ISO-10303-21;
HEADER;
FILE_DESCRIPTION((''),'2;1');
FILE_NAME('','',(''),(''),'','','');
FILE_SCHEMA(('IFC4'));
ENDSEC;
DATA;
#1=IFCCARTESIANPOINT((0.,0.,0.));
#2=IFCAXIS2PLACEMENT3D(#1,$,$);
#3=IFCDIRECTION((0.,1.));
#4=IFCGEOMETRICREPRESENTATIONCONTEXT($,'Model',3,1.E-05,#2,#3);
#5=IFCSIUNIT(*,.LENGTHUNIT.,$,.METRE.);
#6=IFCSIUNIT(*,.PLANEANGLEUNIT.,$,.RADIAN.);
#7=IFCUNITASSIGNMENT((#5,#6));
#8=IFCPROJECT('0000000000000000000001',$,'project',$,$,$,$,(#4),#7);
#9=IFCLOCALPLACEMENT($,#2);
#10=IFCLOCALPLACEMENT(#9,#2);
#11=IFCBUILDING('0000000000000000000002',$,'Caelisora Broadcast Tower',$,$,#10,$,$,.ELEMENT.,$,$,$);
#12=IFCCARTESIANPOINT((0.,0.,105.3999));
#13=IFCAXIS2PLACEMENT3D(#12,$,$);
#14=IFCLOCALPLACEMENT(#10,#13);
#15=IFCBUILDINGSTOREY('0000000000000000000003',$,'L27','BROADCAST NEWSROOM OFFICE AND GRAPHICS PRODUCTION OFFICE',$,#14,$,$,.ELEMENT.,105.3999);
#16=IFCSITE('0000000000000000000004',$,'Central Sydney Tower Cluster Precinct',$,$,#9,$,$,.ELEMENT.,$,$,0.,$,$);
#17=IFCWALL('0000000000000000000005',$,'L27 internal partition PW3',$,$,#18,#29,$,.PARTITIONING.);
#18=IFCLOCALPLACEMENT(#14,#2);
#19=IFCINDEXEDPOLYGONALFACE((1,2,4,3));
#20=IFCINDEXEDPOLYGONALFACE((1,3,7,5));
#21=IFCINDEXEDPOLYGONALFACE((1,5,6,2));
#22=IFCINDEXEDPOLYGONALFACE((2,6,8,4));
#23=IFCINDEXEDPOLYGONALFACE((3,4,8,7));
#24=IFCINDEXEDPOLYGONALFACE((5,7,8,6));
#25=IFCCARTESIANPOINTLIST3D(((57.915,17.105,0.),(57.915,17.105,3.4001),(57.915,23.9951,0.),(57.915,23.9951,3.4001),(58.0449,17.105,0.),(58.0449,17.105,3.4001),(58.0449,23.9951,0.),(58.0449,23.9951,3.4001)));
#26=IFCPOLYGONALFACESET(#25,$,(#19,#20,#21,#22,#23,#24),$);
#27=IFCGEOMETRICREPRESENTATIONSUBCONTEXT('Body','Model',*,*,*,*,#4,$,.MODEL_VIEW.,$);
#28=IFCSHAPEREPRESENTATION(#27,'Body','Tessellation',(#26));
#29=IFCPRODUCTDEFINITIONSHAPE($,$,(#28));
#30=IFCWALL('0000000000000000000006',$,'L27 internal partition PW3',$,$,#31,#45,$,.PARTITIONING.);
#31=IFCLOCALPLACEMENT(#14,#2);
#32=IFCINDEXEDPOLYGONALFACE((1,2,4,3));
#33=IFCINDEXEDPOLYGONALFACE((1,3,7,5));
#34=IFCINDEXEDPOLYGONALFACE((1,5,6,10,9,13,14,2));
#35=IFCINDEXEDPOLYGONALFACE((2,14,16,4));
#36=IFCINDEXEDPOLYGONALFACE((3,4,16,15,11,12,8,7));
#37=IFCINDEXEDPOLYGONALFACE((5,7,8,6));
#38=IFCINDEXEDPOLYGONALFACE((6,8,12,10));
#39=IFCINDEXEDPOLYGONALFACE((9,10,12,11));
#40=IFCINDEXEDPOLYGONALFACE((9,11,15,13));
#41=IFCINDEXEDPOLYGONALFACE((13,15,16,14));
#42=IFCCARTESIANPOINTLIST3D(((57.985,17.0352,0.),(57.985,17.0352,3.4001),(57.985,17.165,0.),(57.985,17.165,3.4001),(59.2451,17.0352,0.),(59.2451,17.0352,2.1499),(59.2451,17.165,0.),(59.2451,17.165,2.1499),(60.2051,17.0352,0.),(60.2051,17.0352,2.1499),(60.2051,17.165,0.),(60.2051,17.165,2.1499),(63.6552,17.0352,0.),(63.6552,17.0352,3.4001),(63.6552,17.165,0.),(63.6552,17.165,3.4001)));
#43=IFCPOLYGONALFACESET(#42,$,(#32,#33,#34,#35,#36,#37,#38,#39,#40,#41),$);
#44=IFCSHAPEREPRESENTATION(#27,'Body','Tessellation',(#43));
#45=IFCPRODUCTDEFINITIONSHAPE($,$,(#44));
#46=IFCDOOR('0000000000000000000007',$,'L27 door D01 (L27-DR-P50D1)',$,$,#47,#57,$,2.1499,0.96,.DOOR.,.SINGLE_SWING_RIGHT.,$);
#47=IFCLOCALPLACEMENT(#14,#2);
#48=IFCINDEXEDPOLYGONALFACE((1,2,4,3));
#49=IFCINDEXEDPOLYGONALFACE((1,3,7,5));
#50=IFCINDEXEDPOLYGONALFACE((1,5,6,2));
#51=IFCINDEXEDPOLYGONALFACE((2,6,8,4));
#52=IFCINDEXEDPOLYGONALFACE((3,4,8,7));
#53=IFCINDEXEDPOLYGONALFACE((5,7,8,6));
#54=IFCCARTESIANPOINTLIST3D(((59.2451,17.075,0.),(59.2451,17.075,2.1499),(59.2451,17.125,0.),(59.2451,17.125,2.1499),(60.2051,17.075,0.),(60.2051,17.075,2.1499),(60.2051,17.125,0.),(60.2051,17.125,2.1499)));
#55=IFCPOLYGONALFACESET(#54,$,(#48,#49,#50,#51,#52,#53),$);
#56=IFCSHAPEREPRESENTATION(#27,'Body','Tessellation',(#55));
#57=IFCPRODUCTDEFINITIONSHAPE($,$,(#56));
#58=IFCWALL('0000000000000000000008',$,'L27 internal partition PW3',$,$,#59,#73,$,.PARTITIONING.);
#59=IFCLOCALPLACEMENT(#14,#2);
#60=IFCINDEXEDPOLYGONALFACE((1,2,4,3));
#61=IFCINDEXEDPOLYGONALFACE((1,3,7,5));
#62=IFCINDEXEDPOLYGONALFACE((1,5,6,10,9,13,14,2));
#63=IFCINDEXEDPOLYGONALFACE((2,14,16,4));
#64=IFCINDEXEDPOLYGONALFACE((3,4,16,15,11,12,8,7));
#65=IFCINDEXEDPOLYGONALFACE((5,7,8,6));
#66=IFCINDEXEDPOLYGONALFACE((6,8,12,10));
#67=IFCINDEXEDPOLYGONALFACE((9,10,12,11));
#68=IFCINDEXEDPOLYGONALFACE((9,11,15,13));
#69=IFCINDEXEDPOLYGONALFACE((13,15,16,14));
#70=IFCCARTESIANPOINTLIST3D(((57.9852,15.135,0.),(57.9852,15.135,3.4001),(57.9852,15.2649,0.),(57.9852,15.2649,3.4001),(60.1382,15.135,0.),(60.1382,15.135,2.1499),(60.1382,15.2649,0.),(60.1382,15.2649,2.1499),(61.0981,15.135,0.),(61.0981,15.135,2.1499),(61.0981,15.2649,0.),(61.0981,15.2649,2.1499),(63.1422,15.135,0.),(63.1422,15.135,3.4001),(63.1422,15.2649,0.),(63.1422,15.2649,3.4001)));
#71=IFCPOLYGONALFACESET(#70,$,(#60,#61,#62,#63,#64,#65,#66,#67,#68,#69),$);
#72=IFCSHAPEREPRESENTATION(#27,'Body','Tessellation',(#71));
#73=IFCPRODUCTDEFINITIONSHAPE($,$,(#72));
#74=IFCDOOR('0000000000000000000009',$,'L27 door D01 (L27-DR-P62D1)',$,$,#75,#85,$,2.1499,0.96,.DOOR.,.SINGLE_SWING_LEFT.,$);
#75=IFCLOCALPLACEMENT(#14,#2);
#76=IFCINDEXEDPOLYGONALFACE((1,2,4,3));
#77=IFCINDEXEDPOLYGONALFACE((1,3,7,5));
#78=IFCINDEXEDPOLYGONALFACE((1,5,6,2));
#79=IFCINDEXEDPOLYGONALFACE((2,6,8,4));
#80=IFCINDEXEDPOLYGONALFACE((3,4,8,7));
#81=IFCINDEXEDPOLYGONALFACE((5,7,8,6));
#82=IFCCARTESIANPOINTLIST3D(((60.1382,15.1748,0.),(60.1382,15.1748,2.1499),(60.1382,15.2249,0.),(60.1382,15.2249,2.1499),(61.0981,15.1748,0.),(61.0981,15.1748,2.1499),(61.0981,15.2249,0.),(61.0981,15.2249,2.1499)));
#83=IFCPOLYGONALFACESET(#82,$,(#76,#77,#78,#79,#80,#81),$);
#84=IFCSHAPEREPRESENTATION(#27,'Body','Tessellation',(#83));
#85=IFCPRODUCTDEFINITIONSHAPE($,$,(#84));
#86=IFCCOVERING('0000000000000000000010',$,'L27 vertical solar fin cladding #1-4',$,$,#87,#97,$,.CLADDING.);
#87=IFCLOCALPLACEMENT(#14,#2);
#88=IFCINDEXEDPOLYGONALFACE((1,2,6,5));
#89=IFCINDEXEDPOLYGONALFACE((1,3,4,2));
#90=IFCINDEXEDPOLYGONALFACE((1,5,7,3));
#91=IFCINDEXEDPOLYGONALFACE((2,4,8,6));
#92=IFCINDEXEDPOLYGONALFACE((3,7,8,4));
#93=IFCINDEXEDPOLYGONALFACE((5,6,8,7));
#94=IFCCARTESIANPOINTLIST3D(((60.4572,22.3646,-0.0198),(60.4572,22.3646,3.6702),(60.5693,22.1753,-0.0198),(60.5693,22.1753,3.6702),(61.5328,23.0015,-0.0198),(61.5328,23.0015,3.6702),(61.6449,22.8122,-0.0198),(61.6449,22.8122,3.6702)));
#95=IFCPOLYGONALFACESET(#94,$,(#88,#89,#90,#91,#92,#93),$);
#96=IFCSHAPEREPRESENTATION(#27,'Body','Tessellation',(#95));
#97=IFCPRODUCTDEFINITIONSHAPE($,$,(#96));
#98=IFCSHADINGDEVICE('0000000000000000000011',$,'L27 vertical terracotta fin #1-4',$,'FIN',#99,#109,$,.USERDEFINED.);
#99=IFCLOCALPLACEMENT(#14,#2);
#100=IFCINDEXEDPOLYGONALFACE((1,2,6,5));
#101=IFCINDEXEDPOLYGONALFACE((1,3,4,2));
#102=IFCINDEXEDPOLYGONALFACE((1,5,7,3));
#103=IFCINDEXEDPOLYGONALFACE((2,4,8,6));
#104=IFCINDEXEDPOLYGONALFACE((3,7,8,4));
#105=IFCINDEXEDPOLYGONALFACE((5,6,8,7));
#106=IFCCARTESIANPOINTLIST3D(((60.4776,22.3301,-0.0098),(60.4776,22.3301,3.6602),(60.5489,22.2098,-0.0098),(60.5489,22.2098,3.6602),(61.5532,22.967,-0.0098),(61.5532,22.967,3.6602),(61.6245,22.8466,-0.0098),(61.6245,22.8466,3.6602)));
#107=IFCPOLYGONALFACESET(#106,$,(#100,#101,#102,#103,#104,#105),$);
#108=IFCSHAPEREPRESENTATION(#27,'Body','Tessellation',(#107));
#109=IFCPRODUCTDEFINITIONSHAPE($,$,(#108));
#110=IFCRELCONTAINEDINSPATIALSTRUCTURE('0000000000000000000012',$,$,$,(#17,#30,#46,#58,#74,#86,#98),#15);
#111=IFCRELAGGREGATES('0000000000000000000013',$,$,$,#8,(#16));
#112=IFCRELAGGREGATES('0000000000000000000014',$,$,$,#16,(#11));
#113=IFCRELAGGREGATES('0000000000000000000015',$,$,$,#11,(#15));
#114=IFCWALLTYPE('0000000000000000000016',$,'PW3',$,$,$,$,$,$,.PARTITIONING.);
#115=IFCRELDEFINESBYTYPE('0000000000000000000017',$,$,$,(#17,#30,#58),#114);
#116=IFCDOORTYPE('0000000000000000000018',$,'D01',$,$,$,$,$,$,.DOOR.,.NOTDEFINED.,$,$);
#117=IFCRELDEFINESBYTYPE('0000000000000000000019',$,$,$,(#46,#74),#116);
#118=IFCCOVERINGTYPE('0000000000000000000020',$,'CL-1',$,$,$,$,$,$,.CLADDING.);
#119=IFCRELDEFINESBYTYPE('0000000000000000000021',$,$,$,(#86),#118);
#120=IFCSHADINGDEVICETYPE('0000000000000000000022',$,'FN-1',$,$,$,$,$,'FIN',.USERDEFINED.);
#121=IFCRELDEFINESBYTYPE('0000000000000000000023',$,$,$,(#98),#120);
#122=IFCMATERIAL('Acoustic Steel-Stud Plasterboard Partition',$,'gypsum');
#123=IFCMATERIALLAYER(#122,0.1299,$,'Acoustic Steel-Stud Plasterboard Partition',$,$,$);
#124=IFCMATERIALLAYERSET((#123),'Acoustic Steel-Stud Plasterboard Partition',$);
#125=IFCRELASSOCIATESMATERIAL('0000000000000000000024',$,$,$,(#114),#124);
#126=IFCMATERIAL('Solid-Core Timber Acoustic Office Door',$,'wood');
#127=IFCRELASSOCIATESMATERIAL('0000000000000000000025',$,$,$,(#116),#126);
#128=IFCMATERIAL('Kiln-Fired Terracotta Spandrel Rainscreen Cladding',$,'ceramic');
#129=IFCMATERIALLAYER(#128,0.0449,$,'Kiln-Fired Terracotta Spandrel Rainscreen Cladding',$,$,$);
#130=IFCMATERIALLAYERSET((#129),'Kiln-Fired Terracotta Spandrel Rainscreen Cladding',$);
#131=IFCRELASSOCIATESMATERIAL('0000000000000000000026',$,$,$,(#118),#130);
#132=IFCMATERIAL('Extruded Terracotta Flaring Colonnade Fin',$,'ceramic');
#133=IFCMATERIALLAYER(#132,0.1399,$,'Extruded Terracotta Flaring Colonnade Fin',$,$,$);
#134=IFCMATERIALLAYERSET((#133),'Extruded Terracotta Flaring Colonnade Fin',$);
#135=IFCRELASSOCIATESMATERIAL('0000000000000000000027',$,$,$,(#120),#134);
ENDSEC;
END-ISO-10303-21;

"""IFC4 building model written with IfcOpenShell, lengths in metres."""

from ifc_helpers import new_model, si_unit, direction, frame, frame_2d, origin, origin_2d, place, context, subcontext, project, spatial, rectangle, extrude, source, transform, mapped, material, layer, layer_set, type_object, type_shapes, element, fill, save


model = new_model("IFC4")

# Units and contexts
model_context = context("Model", 3, precision=1e-05, world=origin(), true_north=direction((0.0, 1.0)))
body_context = subcontext(model_context, "Body", "Model", "MODEL_VIEW")
ifc_project = project(units=[si_unit("LENGTHUNIT", "METRE"), si_unit("PLANEANGLEUNIT", "RADIAN")], contexts=[model_context])

# Site, building, storey
site_placement = place(None, origin())
site = spatial("IfcSite", under=ifc_project, at=site_placement, Name="Central Sydney Tower Cluster Precinct", CompositionType="ELEMENT", RefElevation=0.0)
building_placement = place(site_placement, origin())
building = spatial("IfcBuilding", under=site, at=building_placement, Name="Caelisora Broadcast Tower", CompositionType="ELEMENT")
storey_placement = place(building_placement, frame((0.0, 0.0, 105.3999)))
storey = spatial("IfcBuildingStorey", under=building, at=storey_placement, Name="L27", Description="BROADCAST NEWSROOM OFFICE AND GRAPHICS PRODUCTION OFFICE", CompositionType="ELEMENT", Elevation=105.3999)

# Shared definitions
ifc_material_1 = material(Name="Acoustic Steel-Stud Plasterboard Partition", Category="gypsum")
ifc_layer_1 = layer(ifc_material_1, 0.1299, Name="Acoustic Steel-Stud Plasterboard Partition")
ifc_layer_set_1 = layer_set([ifc_layer_1], Name="Acoustic Steel-Stud Plasterboard Partition")
wall_type_1 = type_object("IfcWallType", Name="PW3", PredefinedType="PARTITIONING", material=ifc_layer_set_1)

# Shared definitions
ifc_material_2 = material(Name="Solid-Core Timber Acoustic Office Door", Category="wood")
door_type = type_object("IfcDoorType", Name="D01", OperationType="NOTDEFINED", PredefinedType="DOOR", material=ifc_material_2)

# Wall
wall_1_placement = place(storey_placement, frame((57.98, 17.105, 0.0), z_axis=(0.0, 0.0, 1.0), x_axis=(0.0, 1.0, 0.0)))
element("IfcWall", 1, at=wall_1_placement, inside=storey, type_object=wall_type_1, Name="L27 internal partition PW3", PredefinedType="PARTITIONING", context=body_context, shape_type="SweptSolid", body=[
    extrude(rectangle(XDim=6.8901, YDim=0.1299, at=frame_2d((3.4451, 0.0))), origin(), (0.0, 0.0, 1.0), 3.4001),
])

# Walls, openings, doors
wall_2_placement = place(storey_placement, frame((57.9851, 17.1001, 0.0), z_axis=(0.0, 0.0, 1.0), x_axis=(1.0, 0.0, 0.0)))
wall_2 = element("IfcWall", 2, at=wall_2_placement, inside=storey, type_object=wall_type_1, Name="L27 internal partition PW3", PredefinedType="PARTITIONING", context=body_context, shape_type="SweptSolid", body=[
    extrude(rectangle(XDim=5.6702, YDim=0.1299, at=frame_2d((2.835, 0.0))), origin(), (0.0, 0.0, 1.0), 3.4001),
])
opening_1_placement = place(wall_2_placement, frame((1.26, 0.0, 0.0)))
opening_1 = element("IfcOpeningElement", 3, at=opening_1_placement, cuts=wall_2, PredefinedType="OPENING", context=body_context, shape_type="SweptSolid", body=[
    extrude(rectangle(XDim=0.96, YDim=2.1499, at=frame_2d((0.48, 1.075))), frame((0.0, 0.0769, 0.0), z_axis=(0.0, -1.0, 0.0), x_axis=(1.0, 0.0, 0.0)), (0.0, 0.0, 1.0), 0.1538),
])
door_1_placement = place(opening_1_placement, origin())
door_1 = element("IfcDoor", 4, at=door_1_placement, inside=storey, type_object=door_type, Name="L27 door D01 (L27-DR-P50D1)", OperationType="SINGLE_SWING_RIGHT", OverallHeight=2.1499, OverallWidth=0.96, PredefinedType="DOOR", context=body_context, shape_type="SweptSolid", body=[
    extrude(rectangle(XDim=0.96, YDim=2.1499, at=frame_2d((0.48, 1.075))), frame((0.0, 0.0249, 0.0), z_axis=(0.0, -1.0, 0.0), x_axis=(1.0, 0.0, 0.0)), (0.0, 0.0, 1.0), 0.05),
])
fill(opening_1, door_1)
wall_3_placement = place(storey_placement, frame((57.9851, 15.2, 0.0), z_axis=(0.0, 0.0, 1.0), x_axis=(1.0, 0.0, 0.0)))
wall_3 = element("IfcWall", 5, at=wall_3_placement, inside=storey, type_object=wall_type_1, Name="L27 internal partition PW3", PredefinedType="PARTITIONING", context=body_context, shape_type="SweptSolid", body=[
    extrude(rectangle(XDim=5.157, YDim=0.1299, at=frame_2d((2.5786, 0.0))), origin(), (0.0, 0.0, 1.0), 3.4001),
])
opening_2_placement = place(wall_3_placement, frame((2.1531, 0.0, 0.0)))
opening_2 = element("IfcOpeningElement", 6, at=opening_2_placement, cuts=wall_3, PredefinedType="OPENING", context=body_context, shape_type="SweptSolid", body=[
    extrude(rectangle(XDim=0.96, YDim=2.1499, at=frame_2d((0.48, 1.075))), frame((0.0, 0.0769, 0.0), z_axis=(0.0, -1.0, 0.0), x_axis=(1.0, 0.0, 0.0)), (0.0, 0.0, 1.0), 0.1538),
])
door_2_placement = place(opening_2_placement, origin())
door_2 = element("IfcDoor", 7, at=door_2_placement, inside=storey, type_object=door_type, Name="L27 door D01 (L27-DR-P62D1)", OperationType="SINGLE_SWING_LEFT", OverallHeight=2.1499, OverallWidth=0.96, PredefinedType="DOOR", context=body_context, shape_type="SweptSolid", body=[
    extrude(rectangle(XDim=0.96, YDim=2.1499, at=frame_2d((0.48, 1.075))), frame((0.0, 0.0249, 0.0), z_axis=(0.0, -1.0, 0.0), x_axis=(1.0, 0.0, 0.0)), (0.0, 0.0, 1.0), 0.05),
])
fill(opening_2, door_2)

# Covering
ifc_material_3 = material(Name="Kiln-Fired Terracotta Spandrel Rainscreen Cladding", Category="ceramic")
ifc_layer_2 = layer(ifc_material_3, 0.0449, Name="Kiln-Fired Terracotta Spandrel Rainscreen Cladding")
ifc_layer_set_2 = layer_set([ifc_layer_2], Name="Kiln-Fired Terracotta Spandrel Rainscreen Cladding")
covering_type = type_object("IfcCoveringType", Name="CL-1", PredefinedType="CLADDING", material=ifc_layer_set_2)
shared_shape_1 = source(origin(), body_context, "Body", "SweptSolid", [
    extrude(rectangle(XDim=0.22, YDim=1.25, at=origin_2d()), origin(), (0.0, 0.0, 1.0), 3.6899),
])
type_shapes(covering_type, [shared_shape_1])
covering_placement = place(storey_placement, frame((61.051, 22.5884, -0.0198), z_axis=(0.0, 0.0, 1.0), x_axis=(0.509492, -0.860475, 0.0)))
element("IfcCovering", 8, at=covering_placement, inside=storey, type_object=covering_type, Name="L27 vertical solar fin cladding #1-4", PredefinedType="CLADDING", context=body_context, shape_type="MappedRepresentation", body=[
    mapped(shared_shape_1, transform((0.0, 0.0, 0.0), scale=1.0)),
])

# Shading device
ifc_material_4 = material(Name="Extruded Terracotta Flaring Colonnade Fin", Category="ceramic")
ifc_layer_3 = layer(ifc_material_4, 0.1399, Name="Extruded Terracotta Flaring Colonnade Fin")
ifc_layer_set_3 = layer_set([ifc_layer_3], Name="Extruded Terracotta Flaring Colonnade Fin")
shading_device_type = type_object("IfcShadingDeviceType", Name="FN-1", ElementType="FIN", PredefinedType="USERDEFINED", material=ifc_layer_set_3)
shared_shape_2 = source(origin(), body_context, "Body", "SweptSolid", [
    extrude(rectangle(XDim=0.1399, YDim=1.25, at=origin_2d()), origin(), (0.0, 0.0, 1.0), 3.6699),
])
type_shapes(shading_device_type, [shared_shape_2])
shading_device_placement = place(storey_placement, frame((61.051, 22.5884, -0.0098), z_axis=(0.0, 0.0, 1.0), x_axis=(0.509492, -0.860475, 0.0)))
element("IfcShadingDevice", 9, at=shading_device_placement, inside=storey, type_object=shading_device_type, Name="L27 vertical terracotta fin #1-4", ObjectType="FIN", PredefinedType="USERDEFINED", context=body_context, shape_type="MappedRepresentation", body=[
    mapped(shared_shape_2, transform((0.0, 0.0, 0.0), scale=1.0)),
])

save(model, "model.ifc")
